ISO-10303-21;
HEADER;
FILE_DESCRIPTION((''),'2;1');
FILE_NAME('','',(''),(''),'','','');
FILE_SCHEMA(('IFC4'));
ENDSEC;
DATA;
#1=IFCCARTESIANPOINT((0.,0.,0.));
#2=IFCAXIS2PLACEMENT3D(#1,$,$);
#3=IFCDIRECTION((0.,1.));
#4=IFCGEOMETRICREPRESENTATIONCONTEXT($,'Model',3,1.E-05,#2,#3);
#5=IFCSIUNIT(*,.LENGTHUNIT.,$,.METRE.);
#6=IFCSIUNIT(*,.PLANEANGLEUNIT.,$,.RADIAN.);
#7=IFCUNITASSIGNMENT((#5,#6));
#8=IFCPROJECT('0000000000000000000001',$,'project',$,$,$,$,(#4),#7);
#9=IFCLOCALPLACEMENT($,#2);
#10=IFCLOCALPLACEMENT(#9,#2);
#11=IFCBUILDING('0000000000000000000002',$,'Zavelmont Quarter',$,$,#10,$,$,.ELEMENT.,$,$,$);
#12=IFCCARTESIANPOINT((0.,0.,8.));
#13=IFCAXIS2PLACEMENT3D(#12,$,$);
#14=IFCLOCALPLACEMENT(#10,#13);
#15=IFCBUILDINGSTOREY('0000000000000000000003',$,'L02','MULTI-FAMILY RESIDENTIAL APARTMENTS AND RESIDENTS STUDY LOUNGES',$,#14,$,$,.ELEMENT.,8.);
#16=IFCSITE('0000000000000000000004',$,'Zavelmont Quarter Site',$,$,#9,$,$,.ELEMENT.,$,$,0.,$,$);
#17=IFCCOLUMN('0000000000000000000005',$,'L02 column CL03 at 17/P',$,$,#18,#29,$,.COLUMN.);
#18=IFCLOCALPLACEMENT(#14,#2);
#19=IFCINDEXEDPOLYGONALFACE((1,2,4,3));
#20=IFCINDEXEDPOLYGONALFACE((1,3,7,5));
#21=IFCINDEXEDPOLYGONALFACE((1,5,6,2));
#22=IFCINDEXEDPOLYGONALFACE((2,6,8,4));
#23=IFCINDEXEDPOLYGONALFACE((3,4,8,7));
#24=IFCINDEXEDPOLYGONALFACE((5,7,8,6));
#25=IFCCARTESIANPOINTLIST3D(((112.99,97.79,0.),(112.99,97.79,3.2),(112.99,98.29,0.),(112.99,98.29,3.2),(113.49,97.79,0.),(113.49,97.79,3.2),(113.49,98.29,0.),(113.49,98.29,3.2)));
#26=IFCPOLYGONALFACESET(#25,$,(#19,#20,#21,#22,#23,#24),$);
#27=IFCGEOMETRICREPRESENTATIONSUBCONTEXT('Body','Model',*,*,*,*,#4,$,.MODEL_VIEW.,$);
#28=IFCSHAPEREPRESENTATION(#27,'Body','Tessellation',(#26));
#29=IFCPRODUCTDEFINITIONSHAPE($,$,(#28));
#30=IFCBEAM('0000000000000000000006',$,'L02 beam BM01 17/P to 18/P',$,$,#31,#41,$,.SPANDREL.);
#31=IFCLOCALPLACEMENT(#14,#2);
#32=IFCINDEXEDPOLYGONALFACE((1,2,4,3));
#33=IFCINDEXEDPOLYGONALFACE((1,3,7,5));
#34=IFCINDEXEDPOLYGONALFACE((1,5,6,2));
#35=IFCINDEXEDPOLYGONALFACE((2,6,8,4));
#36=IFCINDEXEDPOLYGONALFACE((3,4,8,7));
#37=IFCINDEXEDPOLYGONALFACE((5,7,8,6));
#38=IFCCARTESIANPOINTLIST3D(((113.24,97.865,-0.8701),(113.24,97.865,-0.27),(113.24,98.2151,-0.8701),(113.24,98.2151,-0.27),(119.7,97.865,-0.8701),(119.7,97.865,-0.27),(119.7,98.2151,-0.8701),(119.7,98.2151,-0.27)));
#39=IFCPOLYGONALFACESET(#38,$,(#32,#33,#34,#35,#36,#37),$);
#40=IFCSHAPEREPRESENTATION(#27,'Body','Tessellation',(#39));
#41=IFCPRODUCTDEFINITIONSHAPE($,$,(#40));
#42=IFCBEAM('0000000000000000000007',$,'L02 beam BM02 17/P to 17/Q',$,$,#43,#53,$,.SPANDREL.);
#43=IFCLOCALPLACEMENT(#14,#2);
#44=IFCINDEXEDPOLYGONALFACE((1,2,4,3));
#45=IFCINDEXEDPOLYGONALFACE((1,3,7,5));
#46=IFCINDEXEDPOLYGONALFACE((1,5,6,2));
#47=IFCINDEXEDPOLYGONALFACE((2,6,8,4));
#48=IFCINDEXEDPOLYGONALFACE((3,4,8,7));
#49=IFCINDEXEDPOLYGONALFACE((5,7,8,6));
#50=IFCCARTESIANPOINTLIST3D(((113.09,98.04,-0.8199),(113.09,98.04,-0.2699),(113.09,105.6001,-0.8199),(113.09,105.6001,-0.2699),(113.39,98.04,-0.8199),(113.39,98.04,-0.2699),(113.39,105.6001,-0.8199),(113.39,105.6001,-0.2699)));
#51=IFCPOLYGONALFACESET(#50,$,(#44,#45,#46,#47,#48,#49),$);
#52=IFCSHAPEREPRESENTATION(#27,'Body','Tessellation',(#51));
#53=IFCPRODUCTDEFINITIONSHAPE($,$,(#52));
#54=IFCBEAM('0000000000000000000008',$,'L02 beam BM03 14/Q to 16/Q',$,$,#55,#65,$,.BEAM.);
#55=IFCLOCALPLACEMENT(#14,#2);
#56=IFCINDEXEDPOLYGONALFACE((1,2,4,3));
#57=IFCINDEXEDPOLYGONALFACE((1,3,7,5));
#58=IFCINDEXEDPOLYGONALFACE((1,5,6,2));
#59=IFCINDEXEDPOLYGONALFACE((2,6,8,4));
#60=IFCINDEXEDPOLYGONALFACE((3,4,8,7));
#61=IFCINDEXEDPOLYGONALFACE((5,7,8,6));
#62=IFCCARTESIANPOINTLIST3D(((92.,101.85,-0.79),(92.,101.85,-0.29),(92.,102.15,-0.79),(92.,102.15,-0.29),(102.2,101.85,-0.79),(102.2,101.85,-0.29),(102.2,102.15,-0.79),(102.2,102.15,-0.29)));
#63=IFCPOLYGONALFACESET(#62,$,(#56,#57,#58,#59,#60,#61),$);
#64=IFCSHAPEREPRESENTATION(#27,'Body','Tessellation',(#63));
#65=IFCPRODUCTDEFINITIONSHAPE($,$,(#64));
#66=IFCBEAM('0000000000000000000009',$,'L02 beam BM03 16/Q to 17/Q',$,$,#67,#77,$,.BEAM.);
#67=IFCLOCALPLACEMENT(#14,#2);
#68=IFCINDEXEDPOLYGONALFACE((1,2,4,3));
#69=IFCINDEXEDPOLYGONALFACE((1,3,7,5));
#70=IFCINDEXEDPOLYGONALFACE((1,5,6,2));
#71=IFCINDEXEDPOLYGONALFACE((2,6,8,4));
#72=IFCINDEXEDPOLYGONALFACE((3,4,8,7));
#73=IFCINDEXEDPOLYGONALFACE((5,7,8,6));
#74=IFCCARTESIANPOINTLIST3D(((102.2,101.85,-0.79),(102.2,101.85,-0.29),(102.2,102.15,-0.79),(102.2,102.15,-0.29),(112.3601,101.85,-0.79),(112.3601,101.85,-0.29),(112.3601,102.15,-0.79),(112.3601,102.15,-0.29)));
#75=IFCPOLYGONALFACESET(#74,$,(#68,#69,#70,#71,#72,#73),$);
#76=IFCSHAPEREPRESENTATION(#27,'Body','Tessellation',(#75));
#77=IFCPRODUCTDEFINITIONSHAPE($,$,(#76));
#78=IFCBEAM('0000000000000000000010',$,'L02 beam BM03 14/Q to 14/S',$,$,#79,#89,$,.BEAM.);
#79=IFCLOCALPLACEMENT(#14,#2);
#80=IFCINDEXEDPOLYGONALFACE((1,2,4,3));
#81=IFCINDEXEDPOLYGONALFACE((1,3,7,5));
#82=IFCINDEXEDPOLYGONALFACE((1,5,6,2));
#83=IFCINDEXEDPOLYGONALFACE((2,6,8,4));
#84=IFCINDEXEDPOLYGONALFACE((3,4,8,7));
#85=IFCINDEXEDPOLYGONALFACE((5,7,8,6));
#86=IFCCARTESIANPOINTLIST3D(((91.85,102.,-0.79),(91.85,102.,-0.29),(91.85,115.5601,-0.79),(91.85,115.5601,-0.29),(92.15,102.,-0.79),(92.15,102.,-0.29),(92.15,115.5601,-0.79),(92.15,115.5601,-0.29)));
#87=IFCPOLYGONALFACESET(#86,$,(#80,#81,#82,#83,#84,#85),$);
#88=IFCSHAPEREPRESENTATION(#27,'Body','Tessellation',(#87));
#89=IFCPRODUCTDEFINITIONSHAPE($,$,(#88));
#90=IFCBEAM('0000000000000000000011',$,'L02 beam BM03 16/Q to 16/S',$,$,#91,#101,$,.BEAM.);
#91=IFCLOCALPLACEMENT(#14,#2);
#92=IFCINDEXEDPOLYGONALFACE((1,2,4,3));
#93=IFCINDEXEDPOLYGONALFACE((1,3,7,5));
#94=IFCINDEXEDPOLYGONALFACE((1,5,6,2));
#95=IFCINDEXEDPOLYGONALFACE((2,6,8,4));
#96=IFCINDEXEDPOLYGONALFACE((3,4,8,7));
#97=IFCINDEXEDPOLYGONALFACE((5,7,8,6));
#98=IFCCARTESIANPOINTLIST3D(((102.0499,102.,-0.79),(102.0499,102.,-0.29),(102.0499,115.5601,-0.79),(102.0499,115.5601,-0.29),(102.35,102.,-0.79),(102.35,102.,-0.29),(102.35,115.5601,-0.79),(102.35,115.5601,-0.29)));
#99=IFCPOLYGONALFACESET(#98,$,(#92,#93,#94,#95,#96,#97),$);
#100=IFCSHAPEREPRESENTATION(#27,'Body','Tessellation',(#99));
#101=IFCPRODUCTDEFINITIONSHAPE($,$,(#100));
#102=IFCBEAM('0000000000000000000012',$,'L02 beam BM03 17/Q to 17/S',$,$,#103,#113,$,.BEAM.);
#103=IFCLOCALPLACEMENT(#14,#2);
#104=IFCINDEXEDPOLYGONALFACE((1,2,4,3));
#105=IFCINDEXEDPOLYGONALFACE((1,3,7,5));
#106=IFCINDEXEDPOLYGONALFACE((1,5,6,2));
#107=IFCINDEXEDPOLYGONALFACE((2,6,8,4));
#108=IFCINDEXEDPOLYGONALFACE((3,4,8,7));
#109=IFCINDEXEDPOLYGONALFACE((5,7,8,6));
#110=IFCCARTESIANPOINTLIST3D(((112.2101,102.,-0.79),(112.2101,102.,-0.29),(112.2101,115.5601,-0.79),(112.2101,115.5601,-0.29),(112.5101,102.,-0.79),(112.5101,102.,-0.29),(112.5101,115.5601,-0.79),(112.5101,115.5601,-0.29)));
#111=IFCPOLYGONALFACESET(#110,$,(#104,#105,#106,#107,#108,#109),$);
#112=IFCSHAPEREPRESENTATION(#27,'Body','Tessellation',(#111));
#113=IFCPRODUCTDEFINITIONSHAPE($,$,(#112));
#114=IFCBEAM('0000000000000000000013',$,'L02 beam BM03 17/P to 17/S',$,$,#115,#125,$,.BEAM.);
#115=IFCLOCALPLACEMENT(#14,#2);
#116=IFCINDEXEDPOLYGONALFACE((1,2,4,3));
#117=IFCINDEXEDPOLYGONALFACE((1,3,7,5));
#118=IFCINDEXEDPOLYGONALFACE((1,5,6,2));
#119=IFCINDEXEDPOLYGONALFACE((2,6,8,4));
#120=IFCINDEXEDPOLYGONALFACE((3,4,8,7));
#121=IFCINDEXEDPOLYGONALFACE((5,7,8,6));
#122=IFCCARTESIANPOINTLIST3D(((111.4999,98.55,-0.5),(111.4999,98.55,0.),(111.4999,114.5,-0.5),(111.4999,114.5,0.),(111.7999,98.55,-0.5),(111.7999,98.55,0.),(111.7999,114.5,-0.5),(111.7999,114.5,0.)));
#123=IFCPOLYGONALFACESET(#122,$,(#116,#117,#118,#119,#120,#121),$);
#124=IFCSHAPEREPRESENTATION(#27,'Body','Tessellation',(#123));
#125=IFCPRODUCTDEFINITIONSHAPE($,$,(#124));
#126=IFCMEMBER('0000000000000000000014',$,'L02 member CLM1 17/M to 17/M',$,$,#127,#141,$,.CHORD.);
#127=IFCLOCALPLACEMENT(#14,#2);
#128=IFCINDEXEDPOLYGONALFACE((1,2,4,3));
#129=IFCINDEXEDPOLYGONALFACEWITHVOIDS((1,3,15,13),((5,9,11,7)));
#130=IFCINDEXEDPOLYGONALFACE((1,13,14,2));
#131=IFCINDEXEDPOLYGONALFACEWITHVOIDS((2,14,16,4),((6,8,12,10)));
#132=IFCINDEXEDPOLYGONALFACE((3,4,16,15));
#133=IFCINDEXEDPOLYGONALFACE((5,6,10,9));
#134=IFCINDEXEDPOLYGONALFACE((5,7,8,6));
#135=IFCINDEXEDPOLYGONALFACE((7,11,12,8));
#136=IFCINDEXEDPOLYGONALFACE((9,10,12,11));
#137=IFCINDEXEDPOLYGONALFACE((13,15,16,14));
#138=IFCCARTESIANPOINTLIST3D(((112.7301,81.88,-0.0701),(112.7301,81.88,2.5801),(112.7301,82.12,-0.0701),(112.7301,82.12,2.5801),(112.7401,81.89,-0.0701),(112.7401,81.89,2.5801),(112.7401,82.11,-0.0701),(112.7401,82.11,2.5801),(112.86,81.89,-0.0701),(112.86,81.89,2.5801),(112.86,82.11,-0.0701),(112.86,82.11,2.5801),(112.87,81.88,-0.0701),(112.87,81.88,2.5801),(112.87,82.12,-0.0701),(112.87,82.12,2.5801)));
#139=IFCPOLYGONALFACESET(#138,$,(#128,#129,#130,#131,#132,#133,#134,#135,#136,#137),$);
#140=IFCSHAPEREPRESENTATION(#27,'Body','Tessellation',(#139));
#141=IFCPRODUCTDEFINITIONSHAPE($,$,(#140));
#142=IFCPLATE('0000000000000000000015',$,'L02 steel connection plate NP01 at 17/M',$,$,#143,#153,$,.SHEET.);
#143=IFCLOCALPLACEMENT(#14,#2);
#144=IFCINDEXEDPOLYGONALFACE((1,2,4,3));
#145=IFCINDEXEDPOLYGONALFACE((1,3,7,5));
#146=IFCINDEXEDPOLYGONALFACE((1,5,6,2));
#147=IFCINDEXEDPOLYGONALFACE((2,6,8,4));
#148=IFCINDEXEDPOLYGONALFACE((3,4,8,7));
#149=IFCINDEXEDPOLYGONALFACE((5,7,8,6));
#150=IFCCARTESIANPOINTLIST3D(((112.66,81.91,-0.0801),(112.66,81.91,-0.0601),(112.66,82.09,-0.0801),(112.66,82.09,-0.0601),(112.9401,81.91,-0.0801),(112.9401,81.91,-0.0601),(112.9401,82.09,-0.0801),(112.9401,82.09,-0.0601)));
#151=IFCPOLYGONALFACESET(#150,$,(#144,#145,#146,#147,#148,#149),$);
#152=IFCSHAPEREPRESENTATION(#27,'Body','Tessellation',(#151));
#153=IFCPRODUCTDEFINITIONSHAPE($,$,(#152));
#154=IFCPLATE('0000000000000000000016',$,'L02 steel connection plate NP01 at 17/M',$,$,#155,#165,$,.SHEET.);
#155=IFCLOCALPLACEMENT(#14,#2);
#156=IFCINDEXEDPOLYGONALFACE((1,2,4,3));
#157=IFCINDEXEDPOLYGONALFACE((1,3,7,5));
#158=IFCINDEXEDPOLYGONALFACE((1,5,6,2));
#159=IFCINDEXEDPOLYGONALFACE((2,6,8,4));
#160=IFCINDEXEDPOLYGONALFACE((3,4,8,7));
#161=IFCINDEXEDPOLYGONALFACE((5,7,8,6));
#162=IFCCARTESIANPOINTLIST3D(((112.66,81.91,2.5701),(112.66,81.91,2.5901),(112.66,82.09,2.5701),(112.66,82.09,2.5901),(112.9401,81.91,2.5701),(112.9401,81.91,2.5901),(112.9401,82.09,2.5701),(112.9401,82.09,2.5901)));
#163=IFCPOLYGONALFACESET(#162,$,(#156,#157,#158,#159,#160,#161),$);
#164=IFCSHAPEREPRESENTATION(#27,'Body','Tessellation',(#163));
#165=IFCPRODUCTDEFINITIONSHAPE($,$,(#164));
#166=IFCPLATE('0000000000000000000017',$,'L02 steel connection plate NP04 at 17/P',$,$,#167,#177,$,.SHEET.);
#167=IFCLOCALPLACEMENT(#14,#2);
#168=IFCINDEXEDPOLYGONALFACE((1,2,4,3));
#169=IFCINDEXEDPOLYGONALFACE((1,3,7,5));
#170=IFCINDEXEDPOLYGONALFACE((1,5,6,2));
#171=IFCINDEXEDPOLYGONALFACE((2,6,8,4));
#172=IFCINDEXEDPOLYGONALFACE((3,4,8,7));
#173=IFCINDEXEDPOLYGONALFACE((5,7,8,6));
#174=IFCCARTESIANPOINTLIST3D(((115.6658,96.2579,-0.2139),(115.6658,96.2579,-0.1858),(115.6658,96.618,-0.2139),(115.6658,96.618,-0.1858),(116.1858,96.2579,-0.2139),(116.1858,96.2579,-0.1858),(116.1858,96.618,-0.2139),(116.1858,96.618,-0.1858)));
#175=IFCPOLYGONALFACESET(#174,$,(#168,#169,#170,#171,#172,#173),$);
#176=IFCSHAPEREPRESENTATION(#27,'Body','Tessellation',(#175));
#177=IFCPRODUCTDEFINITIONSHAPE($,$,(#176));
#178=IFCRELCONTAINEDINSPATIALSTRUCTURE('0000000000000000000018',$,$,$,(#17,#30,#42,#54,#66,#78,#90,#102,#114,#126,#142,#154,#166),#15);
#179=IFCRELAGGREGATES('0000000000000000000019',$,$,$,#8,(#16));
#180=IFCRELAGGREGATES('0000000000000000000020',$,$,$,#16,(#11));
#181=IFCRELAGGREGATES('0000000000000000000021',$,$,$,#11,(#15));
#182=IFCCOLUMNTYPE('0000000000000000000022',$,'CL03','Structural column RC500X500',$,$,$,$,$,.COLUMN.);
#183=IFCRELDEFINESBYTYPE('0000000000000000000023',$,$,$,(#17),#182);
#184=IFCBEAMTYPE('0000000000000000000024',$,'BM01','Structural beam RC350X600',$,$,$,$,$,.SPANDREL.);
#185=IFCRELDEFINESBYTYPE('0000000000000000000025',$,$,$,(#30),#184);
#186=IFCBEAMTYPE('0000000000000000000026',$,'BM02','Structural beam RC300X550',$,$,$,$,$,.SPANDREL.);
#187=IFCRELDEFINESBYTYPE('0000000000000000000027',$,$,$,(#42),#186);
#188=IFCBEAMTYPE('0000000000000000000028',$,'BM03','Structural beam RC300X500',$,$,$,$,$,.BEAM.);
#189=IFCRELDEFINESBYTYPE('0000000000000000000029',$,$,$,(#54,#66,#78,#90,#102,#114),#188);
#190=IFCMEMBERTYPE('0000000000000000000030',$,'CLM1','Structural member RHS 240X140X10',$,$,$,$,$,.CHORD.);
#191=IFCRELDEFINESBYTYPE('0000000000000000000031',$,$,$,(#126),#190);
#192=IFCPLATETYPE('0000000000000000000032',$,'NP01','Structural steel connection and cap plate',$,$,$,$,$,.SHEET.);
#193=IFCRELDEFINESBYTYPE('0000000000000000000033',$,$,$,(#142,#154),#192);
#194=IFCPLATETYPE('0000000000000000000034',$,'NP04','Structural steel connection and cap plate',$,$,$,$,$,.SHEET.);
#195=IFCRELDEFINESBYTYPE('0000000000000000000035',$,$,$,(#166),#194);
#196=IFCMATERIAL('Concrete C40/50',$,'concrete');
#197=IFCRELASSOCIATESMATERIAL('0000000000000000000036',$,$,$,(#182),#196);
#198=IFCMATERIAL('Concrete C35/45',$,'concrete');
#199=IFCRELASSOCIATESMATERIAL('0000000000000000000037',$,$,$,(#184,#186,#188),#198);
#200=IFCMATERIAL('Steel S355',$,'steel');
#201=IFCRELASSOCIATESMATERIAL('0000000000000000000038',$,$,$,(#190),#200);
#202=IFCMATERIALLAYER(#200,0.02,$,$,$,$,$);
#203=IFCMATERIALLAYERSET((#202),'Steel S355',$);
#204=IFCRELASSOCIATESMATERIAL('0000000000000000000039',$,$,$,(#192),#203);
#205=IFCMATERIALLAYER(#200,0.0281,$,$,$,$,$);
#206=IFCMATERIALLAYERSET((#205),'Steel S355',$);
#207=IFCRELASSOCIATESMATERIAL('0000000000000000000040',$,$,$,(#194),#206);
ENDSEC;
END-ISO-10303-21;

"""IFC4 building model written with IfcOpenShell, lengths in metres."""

from ifc_helpers import new_model, si_unit, direction, frame, origin, origin_2d, place, context, subcontext, project, spatial, rectangle, hollow_rectangle, extrude, material, layer, layer_set, material_profile, profile_set, type_object, element, save


model = new_model("IFC4")

# Units and contexts
model_context = context("Model", 3, precision=1e-05, world=origin(), true_north=direction((0.0, 1.0)))
body_context = subcontext(model_context, "Body", "Model", "MODEL_VIEW")
ifc_project = project(units=[si_unit("LENGTHUNIT", "METRE"), si_unit("PLANEANGLEUNIT", "RADIAN")], contexts=[model_context])

# Site, building, storey
site_placement = place(None, origin())
site = spatial("IfcSite", under=ifc_project, at=site_placement, Name="Zavelmont Quarter Site", CompositionType="ELEMENT", RefElevation=0.0)
building_placement = place(site_placement, origin())
building = spatial("IfcBuilding", under=site, at=building_placement, Name="Zavelmont Quarter", CompositionType="ELEMENT")
storey_placement = place(building_placement, frame((0.0, 0.0, 8.0)))
storey = spatial("IfcBuildingStorey", under=building, at=storey_placement, Name="L02", Description="MULTI-FAMILY RESIDENTIAL APARTMENTS AND RESIDENTS STUDY LOUNGES", CompositionType="ELEMENT", Elevation=8.0)

# Column
ifc_material_1 = material(Name="Concrete C40/50", Category="concrete")
ifc_material_profile_1 = material_profile(ifc_material_1, rectangle(XDim=0.5, YDim=0.5, at=origin_2d()), Name="RC500X500")
ifc_profile_set_1 = profile_set([ifc_material_profile_1], Name="Concrete C40/50")
column_type = type_object("IfcColumnType", Name="CL03", Description="Structural column RC500X500", PredefinedType="COLUMN", material=ifc_profile_set_1)
column_placement = place(storey_placement, frame((113.24, 98.04, 0.0), z_axis=(0.0, 0.0, 1.0), x_axis=(1.0, 0.0, 0.0)))
element("IfcColumn", 1, at=column_placement, inside=storey, type_object=column_type, Name="L02 column CL03 at 17/P", PredefinedType="COLUMN", context=body_context, shape_type="SweptSolid", body=[
    extrude(rectangle(XDim=0.5, YDim=0.5, at=origin_2d()), origin(), (0.0, 0.0, 1.0), 3.2),
])

# Beams
ifc_material_2 = material(Name="Concrete C35/45", Category="concrete")
ifc_material_profile_2 = material_profile(ifc_material_2, rectangle(XDim=0.3501, YDim=0.6001, at=origin_2d()), Name="RC350X600")
ifc_profile_set_2 = profile_set([ifc_material_profile_2], Name="Concrete C35/45")
beam_type_1 = type_object("IfcBeamType", Name="BM01", Description="Structural beam RC350X600", PredefinedType="SPANDREL", material=ifc_profile_set_2)
beam_1_placement = place(storey_placement, frame((113.24, 98.04, -0.5701), z_axis=(1.0, 0.0, 0.0), x_axis=(0.0, 1.0, 0.0)))
element("IfcBeam", 2, at=beam_1_placement, inside=storey, type_object=beam_type_1, Name="L02 beam BM01 17/P to 18/P", PredefinedType="SPANDREL", context=body_context, shape_type="SweptSolid", body=[
    extrude(rectangle(XDim=0.3501, YDim=0.6001, at=origin_2d()), origin(), (0.0, 0.0, 1.0), 6.46),
])
ifc_material_profile_3 = material_profile(ifc_material_2, rectangle(XDim=0.3, YDim=0.55, at=origin_2d()), Name="RC300X550")
ifc_profile_set_3 = profile_set([ifc_material_profile_3], Name="Concrete C35/45")
beam_type_2 = type_object("IfcBeamType", Name="BM02", Description="Structural beam RC300X550", PredefinedType="SPANDREL", material=ifc_profile_set_3)
beam_2_placement = place(storey_placement, frame((113.24, 98.04, -0.5449), z_axis=(0.0, 1.0, 0.0), x_axis=(-1.0, 0.0, 0.0)))
element("IfcBeam", 3, at=beam_2_placement, inside=storey, type_object=beam_type_2, Name="L02 beam BM02 17/P to 17/Q", PredefinedType="SPANDREL", context=body_context, shape_type="SweptSolid", body=[
    extrude(rectangle(XDim=0.3, YDim=0.55, at=origin_2d()), origin(), (0.0, 0.0, 1.0), 7.5601),
])
ifc_material_profile_4 = material_profile(ifc_material_2, rectangle(XDim=0.3, YDim=0.5, at=origin_2d()), Name="RC300X500")
ifc_profile_set_4 = profile_set([ifc_material_profile_4], Name="Concrete C35/45")
beam_type_3 = type_object("IfcBeamType", Name="BM03", Description="Structural beam RC300X500", PredefinedType="BEAM", material=ifc_profile_set_4)
beam_3_placement = place(storey_placement, frame((92.0, 102.0, -0.54), z_axis=(1.0, 0.0, 0.0), x_axis=(0.0, 1.0, 0.0)))
element("IfcBeam", 4, at=beam_3_placement, inside=storey, type_object=beam_type_3, Name="L02 beam BM03 14/Q to 16/Q", PredefinedType="BEAM", context=body_context, shape_type="SweptSolid", body=[
    extrude(rectangle(XDim=0.3, YDim=0.5, at=origin_2d()), origin(), (0.0, 0.0, 1.0), 10.2),
])
beam_4_placement = place(storey_placement, frame((102.2, 102.0, -0.54), z_axis=(1.0, 0.0, 0.0), x_axis=(0.0, 1.0, 0.0)))
element("IfcBeam", 5, at=beam_4_placement, inside=storey, type_object=beam_type_3, Name="L02 beam BM03 16/Q to 17/Q", PredefinedType="BEAM", context=body_context, shape_type="SweptSolid", body=[
    extrude(rectangle(XDim=0.3, YDim=0.5, at=origin_2d()), origin(), (0.0, 0.0, 1.0), 10.1602),
])
for number, where, z_axis, x_axis, name in (
    (6, (92.0, 102.0, -0.54), (0.0, 1.0, 0.0), (-1.0, 0.0, 0.0), "L02 beam BM03 14/Q to 14/S"),
    (7, (102.2, 102.0, -0.54), (0.0, 1.0, 0.0), (-1.0, 0.0, 0.0), "L02 beam BM03 16/Q to 16/S"),
    (8, (112.3601, 102.0, -0.54), (0.0, 1.0, 0.0), (-1.0, 0.0, 0.0), "L02 beam BM03 17/Q to 17/S"),
):
    element("IfcBeam", number, at=place(storey_placement, frame(where, z_axis=z_axis, x_axis=x_axis)), inside=storey, type_object=beam_type_3, Name=name, PredefinedType="BEAM", context=body_context, shape_type="SweptSolid", body=[
        extrude(rectangle(XDim=0.3, YDim=0.5, at=origin_2d()), origin(), (0.0, 0.0, 1.0), 13.5601),
    ])
beam_5_placement = place(storey_placement, frame((111.6499, 98.55, -0.25), z_axis=(0.0, 1.0, 0.0), x_axis=(-1.0, 0.0, 0.0)))
element("IfcBeam", 9, at=beam_5_placement, inside=storey, type_object=beam_type_3, Name="L02 beam BM03 17/P to 17/S", PredefinedType="BEAM", context=body_context, shape_type="SweptSolid", body=[
    extrude(rectangle(XDim=0.3, YDim=0.5, at=origin_2d()), origin(), (0.0, 0.0, 1.0), 15.95),
])

# Member
ifc_material_3 = material(Name="Steel S355", Category="steel")
ifc_material_profile_5 = material_profile(ifc_material_3, hollow_rectangle(XDim=0.1399, YDim=0.24, WallThickness=0.01, at=origin_2d()), Name="RHS 240X140X10")
ifc_profile_set_5 = profile_set([ifc_material_profile_5], Name="Steel S355")
member_type = type_object("IfcMemberType", Name="CLM1", Description="Structural member RHS 240X140X10", PredefinedType="CHORD", material=ifc_profile_set_5)
member_placement = place(storey_placement, frame((112.8, 82.0, -0.0701), z_axis=(0.0, 0.0, 1.0), x_axis=(1.0, 0.0, 0.0)))
element("IfcMember", 10, at=member_placement, inside=storey, type_object=member_type, Name="L02 member CLM1 17/M to 17/M", PredefinedType="CHORD", context=body_context, shape_type="SweptSolid", body=[
    extrude(hollow_rectangle(XDim=0.1399, YDim=0.24, WallThickness=0.01, at=origin_2d()), origin(), (0.0, 0.0, 1.0), 2.6501),
])

# Plates
ifc_layer_1 = layer(ifc_material_3, 0.02)
ifc_layer_set_1 = layer_set([ifc_layer_1], Name="Steel S355")
plate_type_1 = type_object("IfcPlateType", Name="NP01", Description="Structural steel connection and cap plate", PredefinedType="SHEET", material=ifc_layer_set_1)
for number, where, z_axis, x_axis, name in (
    (11, (112.8, 82.0, -0.0801), (0.0, 0.0, 1.0), (1.0, 0.0, 0.0), "L02 steel connection plate NP01 at 17/M"),
    (12, (112.8, 82.0, 2.5701), (0.0, 0.0, 1.0), (1.0, 0.0, 0.0), "L02 steel connection plate NP01 at 17/M"),
):
    element("IfcPlate", number, at=place(storey_placement, frame(where, z_axis=z_axis, x_axis=x_axis)), inside=storey, type_object=plate_type_1, Name=name, PredefinedType="SHEET", context=body_context, shape_type="SweptSolid", body=[
        extrude(rectangle(XDim=0.28, YDim=0.1799, at=origin_2d()), origin(), (0.0, 0.0, 1.0), 0.02),
    ])
ifc_layer_2 = layer(ifc_material_3, 0.0281)
ifc_layer_set_2 = layer_set([ifc_layer_2], Name="Steel S355")
plate_type_2 = type_object("IfcPlateType", Name="NP04", Description="Structural steel connection and cap plate", PredefinedType="SHEET", material=ifc_layer_set_2)
plate_placement = place(storey_placement, frame((115.9258, 96.438, -0.2139), z_axis=(0.0, 0.0, 1.0), x_axis=(1.0, 0.0, 0.0)))
element("IfcPlate", 13, at=plate_placement, inside=storey, type_object=plate_type_2, Name="L02 steel connection plate NP04 at 17/P", PredefinedType="SHEET", context=body_context, shape_type="SweptSolid", body=[
    extrude(rectangle(XDim=0.52, YDim=0.3601, at=origin_2d()), origin(), (0.0, 0.0, 1.0), 0.0281),
])

save(model, "model.ifc")
